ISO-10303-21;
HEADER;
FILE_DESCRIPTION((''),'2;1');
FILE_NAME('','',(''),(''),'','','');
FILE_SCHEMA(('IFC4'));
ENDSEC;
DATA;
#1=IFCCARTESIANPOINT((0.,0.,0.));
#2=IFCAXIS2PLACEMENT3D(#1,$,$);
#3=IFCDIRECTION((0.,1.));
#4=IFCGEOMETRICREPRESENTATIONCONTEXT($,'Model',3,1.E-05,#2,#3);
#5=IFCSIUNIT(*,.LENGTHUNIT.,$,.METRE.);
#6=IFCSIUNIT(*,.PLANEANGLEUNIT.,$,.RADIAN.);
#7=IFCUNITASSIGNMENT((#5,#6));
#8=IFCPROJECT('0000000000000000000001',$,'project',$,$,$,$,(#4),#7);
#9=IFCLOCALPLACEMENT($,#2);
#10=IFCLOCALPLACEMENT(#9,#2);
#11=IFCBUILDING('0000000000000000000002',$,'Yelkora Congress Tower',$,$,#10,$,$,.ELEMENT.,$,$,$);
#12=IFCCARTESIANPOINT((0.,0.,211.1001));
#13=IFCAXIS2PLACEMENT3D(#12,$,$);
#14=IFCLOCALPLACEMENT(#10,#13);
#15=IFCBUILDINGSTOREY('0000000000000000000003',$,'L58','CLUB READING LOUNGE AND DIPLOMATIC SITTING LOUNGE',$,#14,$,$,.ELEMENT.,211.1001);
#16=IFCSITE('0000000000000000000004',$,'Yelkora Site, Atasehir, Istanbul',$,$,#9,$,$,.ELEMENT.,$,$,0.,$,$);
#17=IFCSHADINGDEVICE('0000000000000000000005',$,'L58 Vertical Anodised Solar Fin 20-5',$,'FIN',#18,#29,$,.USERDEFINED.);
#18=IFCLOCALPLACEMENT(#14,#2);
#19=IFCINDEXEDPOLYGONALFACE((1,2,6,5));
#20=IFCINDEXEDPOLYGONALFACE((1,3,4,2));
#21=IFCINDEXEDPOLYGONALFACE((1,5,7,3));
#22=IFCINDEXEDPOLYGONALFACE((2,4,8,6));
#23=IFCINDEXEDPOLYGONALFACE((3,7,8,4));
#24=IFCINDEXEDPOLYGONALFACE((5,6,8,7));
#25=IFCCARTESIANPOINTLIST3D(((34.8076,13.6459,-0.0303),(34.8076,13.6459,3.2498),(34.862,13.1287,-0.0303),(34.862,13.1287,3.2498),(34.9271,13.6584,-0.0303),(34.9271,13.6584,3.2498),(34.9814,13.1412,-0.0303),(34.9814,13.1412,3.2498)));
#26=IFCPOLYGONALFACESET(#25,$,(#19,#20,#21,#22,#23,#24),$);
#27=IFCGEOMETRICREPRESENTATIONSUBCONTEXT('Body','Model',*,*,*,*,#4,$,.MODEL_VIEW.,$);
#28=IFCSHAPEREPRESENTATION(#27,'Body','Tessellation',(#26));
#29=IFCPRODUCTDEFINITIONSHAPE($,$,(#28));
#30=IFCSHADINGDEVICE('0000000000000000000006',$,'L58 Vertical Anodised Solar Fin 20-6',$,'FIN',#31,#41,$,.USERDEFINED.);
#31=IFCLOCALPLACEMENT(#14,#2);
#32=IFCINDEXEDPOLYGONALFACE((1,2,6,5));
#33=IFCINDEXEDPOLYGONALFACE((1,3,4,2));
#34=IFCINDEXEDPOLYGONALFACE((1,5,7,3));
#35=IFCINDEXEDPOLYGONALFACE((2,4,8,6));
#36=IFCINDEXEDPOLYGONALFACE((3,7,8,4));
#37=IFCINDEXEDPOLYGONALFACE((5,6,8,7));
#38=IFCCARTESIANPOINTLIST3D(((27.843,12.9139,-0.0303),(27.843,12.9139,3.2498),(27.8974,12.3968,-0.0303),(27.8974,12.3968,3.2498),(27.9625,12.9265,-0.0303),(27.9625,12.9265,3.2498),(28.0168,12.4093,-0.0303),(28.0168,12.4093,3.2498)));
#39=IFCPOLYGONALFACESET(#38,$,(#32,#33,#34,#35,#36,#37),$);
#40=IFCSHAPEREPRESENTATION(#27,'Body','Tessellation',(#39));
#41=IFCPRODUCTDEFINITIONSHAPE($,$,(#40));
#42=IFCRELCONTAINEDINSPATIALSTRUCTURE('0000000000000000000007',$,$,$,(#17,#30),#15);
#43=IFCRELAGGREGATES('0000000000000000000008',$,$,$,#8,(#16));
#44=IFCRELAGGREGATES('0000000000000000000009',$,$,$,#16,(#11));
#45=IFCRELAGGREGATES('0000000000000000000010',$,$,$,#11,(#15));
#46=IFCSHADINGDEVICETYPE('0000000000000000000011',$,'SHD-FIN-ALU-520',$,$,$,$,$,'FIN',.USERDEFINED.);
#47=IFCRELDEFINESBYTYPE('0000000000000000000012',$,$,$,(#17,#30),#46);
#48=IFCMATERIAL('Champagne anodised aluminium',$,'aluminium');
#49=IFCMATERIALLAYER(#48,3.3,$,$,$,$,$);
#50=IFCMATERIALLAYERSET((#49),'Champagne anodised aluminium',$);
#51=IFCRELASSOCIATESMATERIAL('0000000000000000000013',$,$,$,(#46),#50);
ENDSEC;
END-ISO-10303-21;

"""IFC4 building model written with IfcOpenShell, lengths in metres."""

from ifc_helpers import new_model, si_unit, direction, frame, origin, origin_2d, place, context, subcontext, project, spatial, rectangle, extrude, material, layer, layer_set, type_object, element, save


model = new_model("IFC4")

# Units and contexts
model_context = context("Model", 3, precision=1e-05, world=origin(), true_north=direction((0.0, 1.0)))
body_context = subcontext(model_context, "Body", "Model", "MODEL_VIEW")
ifc_project = project(units=[si_unit("LENGTHUNIT", "METRE"), si_unit("PLANEANGLEUNIT", "RADIAN")], contexts=[model_context])

# Site, building, storey
site_placement = place(None, origin())
site = spatial("IfcSite", under=ifc_project, at=site_placement, Name="Yelkora Site, Atasehir, Istanbul", CompositionType="ELEMENT", RefElevation=0.0)
building_placement = place(site_placement, origin())
building = spatial("IfcBuilding", under=site, at=building_placement, Name="Yelkora Congress Tower", CompositionType="ELEMENT")
storey_placement = place(building_placement, frame((0.0, 0.0, 211.1001)))
storey = spatial("IfcBuildingStorey", under=building, at=storey_placement, Name="L58", Description="CLUB READING LOUNGE AND DIPLOMATIC SITTING LOUNGE", CompositionType="ELEMENT", Elevation=211.1001)

# Shading devices
ifc_material_1 = material(Name="Champagne anodised aluminium", Category="aluminium")
ifc_layer_1 = layer(ifc_material_1, 3.3)
ifc_layer_set_1 = layer_set([ifc_layer_1], Name="Champagne anodised aluminium")
shading_device_type = type_object("IfcShadingDeviceType", Name="SHD-FIN-ALU-520", ElementType="FIN", PredefinedType="USERDEFINED", material=ifc_layer_set_1)
for number, where, z_axis, x_axis, name in (
    (1, (34.8945, 13.3936, -0.0303), (0.0, 0.0, 1.0), (-0.994522, -0.104528, 0.0), "L58 Vertical Anodised Solar Fin 20-5"),
    (2, (27.9299, 12.6616, -0.0303), (0.0, 0.0, 1.0), (-0.994522, -0.104528, 0.0), "L58 Vertical Anodised Solar Fin 20-6"),
):
    element("IfcShadingDevice", number, at=place(storey_placement, frame(where, z_axis=z_axis, x_axis=x_axis)), inside=storey, type_object=shading_device_type, Name=name, ObjectType="FIN", PredefinedType="USERDEFINED", context=body_context, shape_type="SweptSolid", body=[
        extrude(rectangle(XDim=0.1201, YDim=0.52, at=origin_2d()), origin(), (0.0, 0.0, 1.0), 3.28),
    ])

save(model, "model.ifc")
